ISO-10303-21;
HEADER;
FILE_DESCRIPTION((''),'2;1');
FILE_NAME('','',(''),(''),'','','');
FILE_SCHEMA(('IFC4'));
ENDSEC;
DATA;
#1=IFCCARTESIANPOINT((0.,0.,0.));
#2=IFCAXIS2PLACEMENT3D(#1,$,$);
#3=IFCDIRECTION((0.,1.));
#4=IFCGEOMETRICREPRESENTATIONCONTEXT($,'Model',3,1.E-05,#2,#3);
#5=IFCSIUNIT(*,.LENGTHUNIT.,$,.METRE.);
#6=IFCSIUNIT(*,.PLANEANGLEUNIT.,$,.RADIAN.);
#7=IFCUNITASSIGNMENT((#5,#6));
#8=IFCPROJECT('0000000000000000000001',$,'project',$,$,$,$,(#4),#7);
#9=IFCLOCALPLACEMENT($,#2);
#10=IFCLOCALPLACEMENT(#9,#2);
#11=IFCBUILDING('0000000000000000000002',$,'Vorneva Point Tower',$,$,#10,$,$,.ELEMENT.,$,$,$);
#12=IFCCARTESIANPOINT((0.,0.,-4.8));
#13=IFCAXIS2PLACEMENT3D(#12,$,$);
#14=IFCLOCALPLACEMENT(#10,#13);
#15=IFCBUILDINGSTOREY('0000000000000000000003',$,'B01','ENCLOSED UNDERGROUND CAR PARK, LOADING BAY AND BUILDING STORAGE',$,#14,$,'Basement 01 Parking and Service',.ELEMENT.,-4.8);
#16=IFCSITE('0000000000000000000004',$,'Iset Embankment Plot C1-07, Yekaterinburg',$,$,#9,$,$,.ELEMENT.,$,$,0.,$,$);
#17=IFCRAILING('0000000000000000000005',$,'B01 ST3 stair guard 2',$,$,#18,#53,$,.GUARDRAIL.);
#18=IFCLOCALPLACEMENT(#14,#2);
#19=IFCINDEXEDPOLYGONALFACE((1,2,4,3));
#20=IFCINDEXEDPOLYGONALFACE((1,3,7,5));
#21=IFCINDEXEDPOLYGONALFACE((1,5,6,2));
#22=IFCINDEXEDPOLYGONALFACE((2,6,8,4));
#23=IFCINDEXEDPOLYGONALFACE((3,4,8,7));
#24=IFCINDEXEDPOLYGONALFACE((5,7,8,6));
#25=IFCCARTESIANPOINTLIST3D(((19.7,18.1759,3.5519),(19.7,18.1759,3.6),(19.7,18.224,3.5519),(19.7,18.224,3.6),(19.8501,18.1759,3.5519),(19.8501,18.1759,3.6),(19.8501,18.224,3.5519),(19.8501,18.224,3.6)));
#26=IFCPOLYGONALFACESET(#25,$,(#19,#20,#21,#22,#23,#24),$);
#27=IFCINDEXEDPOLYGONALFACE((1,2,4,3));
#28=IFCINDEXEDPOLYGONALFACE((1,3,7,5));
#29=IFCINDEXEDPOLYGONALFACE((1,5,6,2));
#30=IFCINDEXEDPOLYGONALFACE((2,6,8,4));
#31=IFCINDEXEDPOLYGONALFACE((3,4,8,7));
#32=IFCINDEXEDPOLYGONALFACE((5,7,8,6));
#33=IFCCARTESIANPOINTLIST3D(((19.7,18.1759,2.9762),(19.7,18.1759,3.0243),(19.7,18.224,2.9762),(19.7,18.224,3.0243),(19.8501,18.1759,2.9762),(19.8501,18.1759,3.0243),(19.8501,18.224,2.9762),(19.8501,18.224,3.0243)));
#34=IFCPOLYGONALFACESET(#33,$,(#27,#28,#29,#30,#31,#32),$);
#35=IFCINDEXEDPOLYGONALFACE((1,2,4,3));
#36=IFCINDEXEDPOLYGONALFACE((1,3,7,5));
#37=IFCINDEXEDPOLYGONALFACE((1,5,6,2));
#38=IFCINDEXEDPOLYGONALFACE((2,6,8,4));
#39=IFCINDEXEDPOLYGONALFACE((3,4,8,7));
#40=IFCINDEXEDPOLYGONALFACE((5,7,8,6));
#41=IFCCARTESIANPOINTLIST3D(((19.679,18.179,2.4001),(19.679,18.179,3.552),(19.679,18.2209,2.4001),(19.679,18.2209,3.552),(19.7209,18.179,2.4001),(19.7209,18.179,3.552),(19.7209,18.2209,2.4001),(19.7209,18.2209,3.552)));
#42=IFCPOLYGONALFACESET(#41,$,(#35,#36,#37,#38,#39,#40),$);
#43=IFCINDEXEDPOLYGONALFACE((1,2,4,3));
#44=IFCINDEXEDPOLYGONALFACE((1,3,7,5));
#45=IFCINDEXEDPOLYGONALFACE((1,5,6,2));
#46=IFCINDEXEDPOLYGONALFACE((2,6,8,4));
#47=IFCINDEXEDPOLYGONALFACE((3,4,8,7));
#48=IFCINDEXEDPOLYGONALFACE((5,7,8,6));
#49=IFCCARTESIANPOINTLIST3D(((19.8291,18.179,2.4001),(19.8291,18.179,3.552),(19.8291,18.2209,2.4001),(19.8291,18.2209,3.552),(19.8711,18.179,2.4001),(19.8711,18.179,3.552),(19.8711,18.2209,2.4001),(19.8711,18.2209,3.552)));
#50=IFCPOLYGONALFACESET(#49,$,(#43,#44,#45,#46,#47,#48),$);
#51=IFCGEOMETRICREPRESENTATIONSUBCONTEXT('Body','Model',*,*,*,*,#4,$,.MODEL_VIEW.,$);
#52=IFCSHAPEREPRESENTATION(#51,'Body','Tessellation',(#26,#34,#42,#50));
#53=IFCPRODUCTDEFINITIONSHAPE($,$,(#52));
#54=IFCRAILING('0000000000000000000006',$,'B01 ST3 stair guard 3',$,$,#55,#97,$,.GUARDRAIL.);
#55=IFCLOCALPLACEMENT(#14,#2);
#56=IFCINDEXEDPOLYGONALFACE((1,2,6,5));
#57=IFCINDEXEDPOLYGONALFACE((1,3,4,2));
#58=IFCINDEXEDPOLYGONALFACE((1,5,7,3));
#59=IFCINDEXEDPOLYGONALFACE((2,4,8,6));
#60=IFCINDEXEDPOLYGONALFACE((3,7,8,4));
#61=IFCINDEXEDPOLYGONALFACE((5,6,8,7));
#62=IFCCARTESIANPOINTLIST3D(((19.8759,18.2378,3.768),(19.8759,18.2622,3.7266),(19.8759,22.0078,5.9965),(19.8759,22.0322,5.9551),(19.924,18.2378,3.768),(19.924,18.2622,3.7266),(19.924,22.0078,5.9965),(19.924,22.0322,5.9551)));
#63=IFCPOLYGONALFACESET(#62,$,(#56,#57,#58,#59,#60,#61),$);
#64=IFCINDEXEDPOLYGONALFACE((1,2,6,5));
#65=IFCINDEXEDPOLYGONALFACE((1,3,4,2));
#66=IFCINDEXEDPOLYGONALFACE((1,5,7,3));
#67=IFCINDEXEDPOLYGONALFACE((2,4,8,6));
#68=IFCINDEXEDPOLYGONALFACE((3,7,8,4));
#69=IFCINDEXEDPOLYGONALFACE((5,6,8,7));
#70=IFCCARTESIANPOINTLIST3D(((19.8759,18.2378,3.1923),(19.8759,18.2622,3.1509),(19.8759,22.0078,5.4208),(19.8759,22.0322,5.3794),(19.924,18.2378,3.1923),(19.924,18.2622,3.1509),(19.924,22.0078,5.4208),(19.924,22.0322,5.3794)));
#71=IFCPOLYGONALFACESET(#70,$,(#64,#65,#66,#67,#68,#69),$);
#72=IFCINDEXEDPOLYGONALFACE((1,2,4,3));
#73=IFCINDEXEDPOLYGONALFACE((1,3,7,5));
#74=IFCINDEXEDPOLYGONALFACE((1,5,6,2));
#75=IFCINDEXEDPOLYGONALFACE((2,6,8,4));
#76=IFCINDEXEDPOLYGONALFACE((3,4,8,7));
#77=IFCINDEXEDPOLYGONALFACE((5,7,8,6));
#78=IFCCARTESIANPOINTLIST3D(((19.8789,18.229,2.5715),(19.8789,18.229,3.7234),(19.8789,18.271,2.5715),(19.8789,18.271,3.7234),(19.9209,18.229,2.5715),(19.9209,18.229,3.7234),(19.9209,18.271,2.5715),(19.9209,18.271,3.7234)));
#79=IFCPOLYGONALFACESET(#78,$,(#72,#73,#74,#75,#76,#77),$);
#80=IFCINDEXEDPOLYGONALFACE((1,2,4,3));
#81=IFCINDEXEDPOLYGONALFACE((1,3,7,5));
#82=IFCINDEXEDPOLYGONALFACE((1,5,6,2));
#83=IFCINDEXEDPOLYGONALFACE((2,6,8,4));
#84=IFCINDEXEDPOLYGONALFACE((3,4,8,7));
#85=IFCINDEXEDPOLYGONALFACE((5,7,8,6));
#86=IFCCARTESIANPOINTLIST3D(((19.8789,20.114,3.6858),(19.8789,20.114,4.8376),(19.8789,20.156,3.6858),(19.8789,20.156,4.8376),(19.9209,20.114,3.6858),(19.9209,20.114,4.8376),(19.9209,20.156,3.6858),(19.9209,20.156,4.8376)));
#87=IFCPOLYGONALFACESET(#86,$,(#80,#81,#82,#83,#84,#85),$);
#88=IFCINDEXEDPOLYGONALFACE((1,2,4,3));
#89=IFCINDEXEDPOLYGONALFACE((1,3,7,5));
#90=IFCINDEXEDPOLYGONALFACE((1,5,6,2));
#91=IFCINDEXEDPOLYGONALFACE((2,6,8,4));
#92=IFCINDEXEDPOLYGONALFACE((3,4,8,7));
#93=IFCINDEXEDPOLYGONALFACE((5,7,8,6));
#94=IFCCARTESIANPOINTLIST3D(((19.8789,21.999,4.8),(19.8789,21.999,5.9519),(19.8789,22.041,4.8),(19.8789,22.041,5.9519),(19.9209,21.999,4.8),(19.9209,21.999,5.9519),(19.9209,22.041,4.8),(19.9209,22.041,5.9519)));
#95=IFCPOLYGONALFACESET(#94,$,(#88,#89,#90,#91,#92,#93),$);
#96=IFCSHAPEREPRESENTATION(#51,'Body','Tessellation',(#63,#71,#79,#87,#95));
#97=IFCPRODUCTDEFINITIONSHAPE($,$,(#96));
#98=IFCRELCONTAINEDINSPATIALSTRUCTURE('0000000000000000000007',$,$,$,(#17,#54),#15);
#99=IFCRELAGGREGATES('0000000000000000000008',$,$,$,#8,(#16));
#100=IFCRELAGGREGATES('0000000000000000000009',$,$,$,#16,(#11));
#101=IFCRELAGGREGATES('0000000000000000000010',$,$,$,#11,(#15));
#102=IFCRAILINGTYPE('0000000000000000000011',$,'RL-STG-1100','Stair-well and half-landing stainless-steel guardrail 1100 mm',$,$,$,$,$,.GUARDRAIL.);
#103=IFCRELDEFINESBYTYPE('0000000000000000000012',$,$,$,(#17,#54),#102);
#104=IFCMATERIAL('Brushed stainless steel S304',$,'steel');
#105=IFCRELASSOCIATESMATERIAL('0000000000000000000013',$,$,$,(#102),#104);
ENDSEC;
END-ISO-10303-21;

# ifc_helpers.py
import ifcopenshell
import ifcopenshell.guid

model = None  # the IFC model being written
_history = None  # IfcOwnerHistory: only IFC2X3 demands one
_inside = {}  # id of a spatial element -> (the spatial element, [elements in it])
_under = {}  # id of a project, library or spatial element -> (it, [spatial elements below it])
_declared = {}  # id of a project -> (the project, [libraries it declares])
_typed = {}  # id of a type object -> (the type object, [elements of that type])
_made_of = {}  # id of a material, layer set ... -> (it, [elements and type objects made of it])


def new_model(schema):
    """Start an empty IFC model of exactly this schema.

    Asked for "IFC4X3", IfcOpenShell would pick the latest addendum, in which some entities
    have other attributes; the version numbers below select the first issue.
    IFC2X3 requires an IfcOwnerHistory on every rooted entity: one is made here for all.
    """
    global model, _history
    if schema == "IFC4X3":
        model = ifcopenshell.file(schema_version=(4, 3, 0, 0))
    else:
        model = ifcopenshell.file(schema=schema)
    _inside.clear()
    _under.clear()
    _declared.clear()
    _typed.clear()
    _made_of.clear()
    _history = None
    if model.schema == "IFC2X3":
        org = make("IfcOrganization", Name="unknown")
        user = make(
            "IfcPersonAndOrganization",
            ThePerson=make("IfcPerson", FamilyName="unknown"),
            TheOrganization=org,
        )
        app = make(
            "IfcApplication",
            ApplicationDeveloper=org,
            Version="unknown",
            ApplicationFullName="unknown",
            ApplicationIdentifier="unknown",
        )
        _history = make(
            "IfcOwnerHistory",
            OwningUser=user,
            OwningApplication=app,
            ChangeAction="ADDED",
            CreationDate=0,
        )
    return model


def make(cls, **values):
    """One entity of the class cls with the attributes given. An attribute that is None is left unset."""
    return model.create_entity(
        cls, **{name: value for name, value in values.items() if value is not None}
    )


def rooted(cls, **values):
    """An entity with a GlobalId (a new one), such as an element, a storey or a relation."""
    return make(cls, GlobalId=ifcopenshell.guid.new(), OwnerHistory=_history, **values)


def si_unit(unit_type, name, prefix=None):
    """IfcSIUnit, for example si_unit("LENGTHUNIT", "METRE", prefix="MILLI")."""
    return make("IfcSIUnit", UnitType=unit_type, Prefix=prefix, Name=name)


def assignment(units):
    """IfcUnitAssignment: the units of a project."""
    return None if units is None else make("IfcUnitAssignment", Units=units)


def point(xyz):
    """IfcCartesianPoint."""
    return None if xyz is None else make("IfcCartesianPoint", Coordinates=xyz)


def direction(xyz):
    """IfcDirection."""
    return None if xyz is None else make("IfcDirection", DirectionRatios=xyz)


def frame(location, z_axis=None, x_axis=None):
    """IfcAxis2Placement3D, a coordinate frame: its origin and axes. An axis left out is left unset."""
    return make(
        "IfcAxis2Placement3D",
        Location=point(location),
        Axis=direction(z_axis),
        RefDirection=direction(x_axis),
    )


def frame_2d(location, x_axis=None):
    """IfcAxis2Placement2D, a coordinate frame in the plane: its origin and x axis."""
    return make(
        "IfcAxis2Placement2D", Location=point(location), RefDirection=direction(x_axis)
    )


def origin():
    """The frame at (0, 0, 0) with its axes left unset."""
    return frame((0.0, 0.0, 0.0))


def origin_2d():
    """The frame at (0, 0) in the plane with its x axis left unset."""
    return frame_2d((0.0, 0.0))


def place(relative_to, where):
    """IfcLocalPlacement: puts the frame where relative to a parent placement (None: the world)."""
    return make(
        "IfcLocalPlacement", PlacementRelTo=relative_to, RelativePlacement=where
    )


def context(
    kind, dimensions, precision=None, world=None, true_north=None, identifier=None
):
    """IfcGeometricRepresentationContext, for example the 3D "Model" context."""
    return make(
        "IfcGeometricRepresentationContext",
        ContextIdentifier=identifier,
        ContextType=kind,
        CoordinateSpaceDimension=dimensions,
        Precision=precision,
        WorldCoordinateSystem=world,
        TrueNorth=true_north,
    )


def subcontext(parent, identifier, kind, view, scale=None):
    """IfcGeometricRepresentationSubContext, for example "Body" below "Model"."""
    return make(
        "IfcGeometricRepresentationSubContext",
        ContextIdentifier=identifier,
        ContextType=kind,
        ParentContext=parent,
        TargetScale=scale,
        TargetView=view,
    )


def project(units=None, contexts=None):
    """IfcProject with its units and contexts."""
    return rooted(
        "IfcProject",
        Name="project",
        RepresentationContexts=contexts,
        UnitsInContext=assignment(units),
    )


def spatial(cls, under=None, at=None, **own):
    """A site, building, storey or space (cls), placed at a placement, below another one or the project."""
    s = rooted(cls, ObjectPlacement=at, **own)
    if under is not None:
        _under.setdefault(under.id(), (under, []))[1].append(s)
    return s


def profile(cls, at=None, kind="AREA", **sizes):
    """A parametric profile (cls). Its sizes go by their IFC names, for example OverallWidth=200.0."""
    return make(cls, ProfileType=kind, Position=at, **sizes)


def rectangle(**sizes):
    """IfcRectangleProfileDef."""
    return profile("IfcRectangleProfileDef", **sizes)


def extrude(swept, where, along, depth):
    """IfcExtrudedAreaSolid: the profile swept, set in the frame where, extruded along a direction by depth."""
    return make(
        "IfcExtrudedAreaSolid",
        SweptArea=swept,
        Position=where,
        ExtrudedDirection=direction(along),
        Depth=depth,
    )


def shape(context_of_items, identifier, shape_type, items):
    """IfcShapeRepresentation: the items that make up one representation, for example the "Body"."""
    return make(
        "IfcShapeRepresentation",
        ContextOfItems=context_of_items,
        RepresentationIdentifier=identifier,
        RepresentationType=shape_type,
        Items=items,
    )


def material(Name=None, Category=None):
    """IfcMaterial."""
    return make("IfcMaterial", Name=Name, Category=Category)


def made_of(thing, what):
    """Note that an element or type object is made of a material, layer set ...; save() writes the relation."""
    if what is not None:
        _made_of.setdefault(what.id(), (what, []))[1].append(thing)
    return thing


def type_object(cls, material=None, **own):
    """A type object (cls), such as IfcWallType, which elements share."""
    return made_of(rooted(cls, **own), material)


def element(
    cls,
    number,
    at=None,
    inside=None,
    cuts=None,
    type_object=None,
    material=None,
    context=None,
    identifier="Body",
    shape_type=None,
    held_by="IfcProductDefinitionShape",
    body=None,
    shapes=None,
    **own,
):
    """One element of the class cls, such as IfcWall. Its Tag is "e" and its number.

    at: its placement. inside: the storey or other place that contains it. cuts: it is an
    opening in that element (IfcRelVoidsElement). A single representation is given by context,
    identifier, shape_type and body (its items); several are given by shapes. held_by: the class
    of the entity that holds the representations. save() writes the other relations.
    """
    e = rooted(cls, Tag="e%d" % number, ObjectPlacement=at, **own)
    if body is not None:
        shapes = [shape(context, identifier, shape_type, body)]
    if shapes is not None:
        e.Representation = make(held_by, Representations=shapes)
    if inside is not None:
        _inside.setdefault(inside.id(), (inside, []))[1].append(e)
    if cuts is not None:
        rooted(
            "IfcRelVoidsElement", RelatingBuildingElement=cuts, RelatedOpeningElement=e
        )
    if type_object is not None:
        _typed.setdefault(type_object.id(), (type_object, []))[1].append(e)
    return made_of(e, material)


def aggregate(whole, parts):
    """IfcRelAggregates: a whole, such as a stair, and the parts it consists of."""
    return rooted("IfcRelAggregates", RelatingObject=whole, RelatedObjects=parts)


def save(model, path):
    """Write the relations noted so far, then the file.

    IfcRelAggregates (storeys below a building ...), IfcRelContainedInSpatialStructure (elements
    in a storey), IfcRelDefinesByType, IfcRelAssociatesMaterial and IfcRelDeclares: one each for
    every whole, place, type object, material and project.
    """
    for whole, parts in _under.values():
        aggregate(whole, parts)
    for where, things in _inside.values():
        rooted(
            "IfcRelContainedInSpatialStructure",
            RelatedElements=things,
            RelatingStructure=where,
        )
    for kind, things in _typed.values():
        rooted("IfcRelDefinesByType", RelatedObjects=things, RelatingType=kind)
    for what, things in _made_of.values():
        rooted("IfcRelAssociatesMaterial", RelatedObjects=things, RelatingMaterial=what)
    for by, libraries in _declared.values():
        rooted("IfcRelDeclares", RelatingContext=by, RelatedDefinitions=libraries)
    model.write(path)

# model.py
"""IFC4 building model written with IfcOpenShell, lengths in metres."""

from ifc_helpers import new_model, si_unit, direction, frame, origin, origin_2d, place, context, subcontext, project, spatial, rectangle, extrude, material, type_object, element, save


model = new_model("IFC4")

# Units and contexts
model_context = context("Model", 3, precision=1e-05, world=origin(), true_north=direction((0.0, 1.0)))
body_context = subcontext(model_context, "Body", "Model", "MODEL_VIEW")
ifc_project = project(units=[si_unit("LENGTHUNIT", "METRE"), si_unit("PLANEANGLEUNIT", "RADIAN")], contexts=[model_context])

# Site, building, storey
site_placement = place(None, origin())
site = spatial("IfcSite", under=ifc_project, at=site_placement, Name="Iset Embankment Plot C1-07, Yekaterinburg", CompositionType="ELEMENT", RefElevation=0.0)
building_placement = place(site_placement, origin())
building = spatial("IfcBuilding", under=site, at=building_placement, Name="Vorneva Point Tower", CompositionType="ELEMENT")
storey_placement = place(building_placement, frame((0.0, 0.0, -4.8)))
storey = spatial("IfcBuildingStorey", under=building, at=storey_placement, Name="B01", Description="ENCLOSED UNDERGROUND CAR PARK, LOADING BAY AND BUILDING STORAGE", LongName="Basement 01 Parking and Service", CompositionType="ELEMENT", Elevation=-4.8)

# Railings
ifc_material_1 = material(Name="Brushed stainless steel S304", Category="steel")
railing_type_1 = type_object("IfcRailingType", Name="RL-STG-1100", Description="Stair-well and half-landing stainless-steel guardrail 1100 mm", PredefinedType="GUARDRAIL", material=ifc_material_1)
railing_1_placement = place(storey_placement, frame((19.7, 18.2, 2.4001)))
element("IfcRailing", 1, at=railing_1_placement, inside=storey, type_object=railing_type_1, Name="B01 ST3 stair guard 2", PredefinedType="GUARDRAIL", context=body_context, shape_type="SweptSolid", body=[
    extrude(rectangle(XDim=0.0481, YDim=0.0481, at=origin_2d()), frame((0.0, 0.0, 1.1758), z_axis=(1.0, 0.0, 0.0), x_axis=(0.0, 1.0, 0.0)), (0.0, 0.0, 1.0), 0.1501),
    extrude(rectangle(XDim=0.0481, YDim=0.0481, at=origin_2d()), frame((0.0, 0.0, 0.6001), z_axis=(1.0, 0.0, 0.0), x_axis=(0.0, 1.0, 0.0)), (0.0, 0.0, 1.0), 0.1501),
    extrude(rectangle(XDim=0.042, YDim=0.042, at=origin_2d()), origin(), (0.0, 0.0, 1.0), 1.1519),
    extrude(rectangle(XDim=0.042, YDim=0.042, at=origin_2d()), frame((0.1501, 0.0, 0.0)), (0.0, 0.0, 1.0), 1.1519),
])
railing_2_placement = place(storey_placement, frame((19.8999, 18.25, 2.5715)))
element("IfcRailing", 2, at=railing_2_placement, inside=storey, type_object=railing_type_1, Name="B01 ST3 stair guard 3", PredefinedType="GUARDRAIL", context=body_context, shape_type="SweptSolid", body=[
    extrude(rectangle(XDim=0.0481, YDim=0.0481, at=origin_2d()), frame((0.0, 0.0, 1.1758), z_axis=(0.0, 0.860849, 0.508861), x_axis=(-1.0, 0.0, 0.0)), (0.0, 0.0, 1.0), 4.3794),
    extrude(rectangle(XDim=0.0481, YDim=0.0481, at=origin_2d()), frame((0.0, 0.0, 0.6001), z_axis=(0.0, 0.860849, 0.508861), x_axis=(-1.0, 0.0, 0.0)), (0.0, 0.0, 1.0), 4.3794),
    extrude(rectangle(XDim=0.042, YDim=0.042, at=origin_2d()), origin(), (0.0, 0.0, 1.0), 1.1519),
    extrude(rectangle(XDim=0.042, YDim=0.042, at=origin_2d()), frame((0.0, 1.885, 1.1143)), (0.0, 0.0, 1.0), 1.1519),
    extrude(rectangle(XDim=0.042, YDim=0.042, at=origin_2d()), frame((0.0, 3.77, 2.2285)), (0.0, 0.0, 1.0), 1.1519),
])

save(model, "model.ifc")
